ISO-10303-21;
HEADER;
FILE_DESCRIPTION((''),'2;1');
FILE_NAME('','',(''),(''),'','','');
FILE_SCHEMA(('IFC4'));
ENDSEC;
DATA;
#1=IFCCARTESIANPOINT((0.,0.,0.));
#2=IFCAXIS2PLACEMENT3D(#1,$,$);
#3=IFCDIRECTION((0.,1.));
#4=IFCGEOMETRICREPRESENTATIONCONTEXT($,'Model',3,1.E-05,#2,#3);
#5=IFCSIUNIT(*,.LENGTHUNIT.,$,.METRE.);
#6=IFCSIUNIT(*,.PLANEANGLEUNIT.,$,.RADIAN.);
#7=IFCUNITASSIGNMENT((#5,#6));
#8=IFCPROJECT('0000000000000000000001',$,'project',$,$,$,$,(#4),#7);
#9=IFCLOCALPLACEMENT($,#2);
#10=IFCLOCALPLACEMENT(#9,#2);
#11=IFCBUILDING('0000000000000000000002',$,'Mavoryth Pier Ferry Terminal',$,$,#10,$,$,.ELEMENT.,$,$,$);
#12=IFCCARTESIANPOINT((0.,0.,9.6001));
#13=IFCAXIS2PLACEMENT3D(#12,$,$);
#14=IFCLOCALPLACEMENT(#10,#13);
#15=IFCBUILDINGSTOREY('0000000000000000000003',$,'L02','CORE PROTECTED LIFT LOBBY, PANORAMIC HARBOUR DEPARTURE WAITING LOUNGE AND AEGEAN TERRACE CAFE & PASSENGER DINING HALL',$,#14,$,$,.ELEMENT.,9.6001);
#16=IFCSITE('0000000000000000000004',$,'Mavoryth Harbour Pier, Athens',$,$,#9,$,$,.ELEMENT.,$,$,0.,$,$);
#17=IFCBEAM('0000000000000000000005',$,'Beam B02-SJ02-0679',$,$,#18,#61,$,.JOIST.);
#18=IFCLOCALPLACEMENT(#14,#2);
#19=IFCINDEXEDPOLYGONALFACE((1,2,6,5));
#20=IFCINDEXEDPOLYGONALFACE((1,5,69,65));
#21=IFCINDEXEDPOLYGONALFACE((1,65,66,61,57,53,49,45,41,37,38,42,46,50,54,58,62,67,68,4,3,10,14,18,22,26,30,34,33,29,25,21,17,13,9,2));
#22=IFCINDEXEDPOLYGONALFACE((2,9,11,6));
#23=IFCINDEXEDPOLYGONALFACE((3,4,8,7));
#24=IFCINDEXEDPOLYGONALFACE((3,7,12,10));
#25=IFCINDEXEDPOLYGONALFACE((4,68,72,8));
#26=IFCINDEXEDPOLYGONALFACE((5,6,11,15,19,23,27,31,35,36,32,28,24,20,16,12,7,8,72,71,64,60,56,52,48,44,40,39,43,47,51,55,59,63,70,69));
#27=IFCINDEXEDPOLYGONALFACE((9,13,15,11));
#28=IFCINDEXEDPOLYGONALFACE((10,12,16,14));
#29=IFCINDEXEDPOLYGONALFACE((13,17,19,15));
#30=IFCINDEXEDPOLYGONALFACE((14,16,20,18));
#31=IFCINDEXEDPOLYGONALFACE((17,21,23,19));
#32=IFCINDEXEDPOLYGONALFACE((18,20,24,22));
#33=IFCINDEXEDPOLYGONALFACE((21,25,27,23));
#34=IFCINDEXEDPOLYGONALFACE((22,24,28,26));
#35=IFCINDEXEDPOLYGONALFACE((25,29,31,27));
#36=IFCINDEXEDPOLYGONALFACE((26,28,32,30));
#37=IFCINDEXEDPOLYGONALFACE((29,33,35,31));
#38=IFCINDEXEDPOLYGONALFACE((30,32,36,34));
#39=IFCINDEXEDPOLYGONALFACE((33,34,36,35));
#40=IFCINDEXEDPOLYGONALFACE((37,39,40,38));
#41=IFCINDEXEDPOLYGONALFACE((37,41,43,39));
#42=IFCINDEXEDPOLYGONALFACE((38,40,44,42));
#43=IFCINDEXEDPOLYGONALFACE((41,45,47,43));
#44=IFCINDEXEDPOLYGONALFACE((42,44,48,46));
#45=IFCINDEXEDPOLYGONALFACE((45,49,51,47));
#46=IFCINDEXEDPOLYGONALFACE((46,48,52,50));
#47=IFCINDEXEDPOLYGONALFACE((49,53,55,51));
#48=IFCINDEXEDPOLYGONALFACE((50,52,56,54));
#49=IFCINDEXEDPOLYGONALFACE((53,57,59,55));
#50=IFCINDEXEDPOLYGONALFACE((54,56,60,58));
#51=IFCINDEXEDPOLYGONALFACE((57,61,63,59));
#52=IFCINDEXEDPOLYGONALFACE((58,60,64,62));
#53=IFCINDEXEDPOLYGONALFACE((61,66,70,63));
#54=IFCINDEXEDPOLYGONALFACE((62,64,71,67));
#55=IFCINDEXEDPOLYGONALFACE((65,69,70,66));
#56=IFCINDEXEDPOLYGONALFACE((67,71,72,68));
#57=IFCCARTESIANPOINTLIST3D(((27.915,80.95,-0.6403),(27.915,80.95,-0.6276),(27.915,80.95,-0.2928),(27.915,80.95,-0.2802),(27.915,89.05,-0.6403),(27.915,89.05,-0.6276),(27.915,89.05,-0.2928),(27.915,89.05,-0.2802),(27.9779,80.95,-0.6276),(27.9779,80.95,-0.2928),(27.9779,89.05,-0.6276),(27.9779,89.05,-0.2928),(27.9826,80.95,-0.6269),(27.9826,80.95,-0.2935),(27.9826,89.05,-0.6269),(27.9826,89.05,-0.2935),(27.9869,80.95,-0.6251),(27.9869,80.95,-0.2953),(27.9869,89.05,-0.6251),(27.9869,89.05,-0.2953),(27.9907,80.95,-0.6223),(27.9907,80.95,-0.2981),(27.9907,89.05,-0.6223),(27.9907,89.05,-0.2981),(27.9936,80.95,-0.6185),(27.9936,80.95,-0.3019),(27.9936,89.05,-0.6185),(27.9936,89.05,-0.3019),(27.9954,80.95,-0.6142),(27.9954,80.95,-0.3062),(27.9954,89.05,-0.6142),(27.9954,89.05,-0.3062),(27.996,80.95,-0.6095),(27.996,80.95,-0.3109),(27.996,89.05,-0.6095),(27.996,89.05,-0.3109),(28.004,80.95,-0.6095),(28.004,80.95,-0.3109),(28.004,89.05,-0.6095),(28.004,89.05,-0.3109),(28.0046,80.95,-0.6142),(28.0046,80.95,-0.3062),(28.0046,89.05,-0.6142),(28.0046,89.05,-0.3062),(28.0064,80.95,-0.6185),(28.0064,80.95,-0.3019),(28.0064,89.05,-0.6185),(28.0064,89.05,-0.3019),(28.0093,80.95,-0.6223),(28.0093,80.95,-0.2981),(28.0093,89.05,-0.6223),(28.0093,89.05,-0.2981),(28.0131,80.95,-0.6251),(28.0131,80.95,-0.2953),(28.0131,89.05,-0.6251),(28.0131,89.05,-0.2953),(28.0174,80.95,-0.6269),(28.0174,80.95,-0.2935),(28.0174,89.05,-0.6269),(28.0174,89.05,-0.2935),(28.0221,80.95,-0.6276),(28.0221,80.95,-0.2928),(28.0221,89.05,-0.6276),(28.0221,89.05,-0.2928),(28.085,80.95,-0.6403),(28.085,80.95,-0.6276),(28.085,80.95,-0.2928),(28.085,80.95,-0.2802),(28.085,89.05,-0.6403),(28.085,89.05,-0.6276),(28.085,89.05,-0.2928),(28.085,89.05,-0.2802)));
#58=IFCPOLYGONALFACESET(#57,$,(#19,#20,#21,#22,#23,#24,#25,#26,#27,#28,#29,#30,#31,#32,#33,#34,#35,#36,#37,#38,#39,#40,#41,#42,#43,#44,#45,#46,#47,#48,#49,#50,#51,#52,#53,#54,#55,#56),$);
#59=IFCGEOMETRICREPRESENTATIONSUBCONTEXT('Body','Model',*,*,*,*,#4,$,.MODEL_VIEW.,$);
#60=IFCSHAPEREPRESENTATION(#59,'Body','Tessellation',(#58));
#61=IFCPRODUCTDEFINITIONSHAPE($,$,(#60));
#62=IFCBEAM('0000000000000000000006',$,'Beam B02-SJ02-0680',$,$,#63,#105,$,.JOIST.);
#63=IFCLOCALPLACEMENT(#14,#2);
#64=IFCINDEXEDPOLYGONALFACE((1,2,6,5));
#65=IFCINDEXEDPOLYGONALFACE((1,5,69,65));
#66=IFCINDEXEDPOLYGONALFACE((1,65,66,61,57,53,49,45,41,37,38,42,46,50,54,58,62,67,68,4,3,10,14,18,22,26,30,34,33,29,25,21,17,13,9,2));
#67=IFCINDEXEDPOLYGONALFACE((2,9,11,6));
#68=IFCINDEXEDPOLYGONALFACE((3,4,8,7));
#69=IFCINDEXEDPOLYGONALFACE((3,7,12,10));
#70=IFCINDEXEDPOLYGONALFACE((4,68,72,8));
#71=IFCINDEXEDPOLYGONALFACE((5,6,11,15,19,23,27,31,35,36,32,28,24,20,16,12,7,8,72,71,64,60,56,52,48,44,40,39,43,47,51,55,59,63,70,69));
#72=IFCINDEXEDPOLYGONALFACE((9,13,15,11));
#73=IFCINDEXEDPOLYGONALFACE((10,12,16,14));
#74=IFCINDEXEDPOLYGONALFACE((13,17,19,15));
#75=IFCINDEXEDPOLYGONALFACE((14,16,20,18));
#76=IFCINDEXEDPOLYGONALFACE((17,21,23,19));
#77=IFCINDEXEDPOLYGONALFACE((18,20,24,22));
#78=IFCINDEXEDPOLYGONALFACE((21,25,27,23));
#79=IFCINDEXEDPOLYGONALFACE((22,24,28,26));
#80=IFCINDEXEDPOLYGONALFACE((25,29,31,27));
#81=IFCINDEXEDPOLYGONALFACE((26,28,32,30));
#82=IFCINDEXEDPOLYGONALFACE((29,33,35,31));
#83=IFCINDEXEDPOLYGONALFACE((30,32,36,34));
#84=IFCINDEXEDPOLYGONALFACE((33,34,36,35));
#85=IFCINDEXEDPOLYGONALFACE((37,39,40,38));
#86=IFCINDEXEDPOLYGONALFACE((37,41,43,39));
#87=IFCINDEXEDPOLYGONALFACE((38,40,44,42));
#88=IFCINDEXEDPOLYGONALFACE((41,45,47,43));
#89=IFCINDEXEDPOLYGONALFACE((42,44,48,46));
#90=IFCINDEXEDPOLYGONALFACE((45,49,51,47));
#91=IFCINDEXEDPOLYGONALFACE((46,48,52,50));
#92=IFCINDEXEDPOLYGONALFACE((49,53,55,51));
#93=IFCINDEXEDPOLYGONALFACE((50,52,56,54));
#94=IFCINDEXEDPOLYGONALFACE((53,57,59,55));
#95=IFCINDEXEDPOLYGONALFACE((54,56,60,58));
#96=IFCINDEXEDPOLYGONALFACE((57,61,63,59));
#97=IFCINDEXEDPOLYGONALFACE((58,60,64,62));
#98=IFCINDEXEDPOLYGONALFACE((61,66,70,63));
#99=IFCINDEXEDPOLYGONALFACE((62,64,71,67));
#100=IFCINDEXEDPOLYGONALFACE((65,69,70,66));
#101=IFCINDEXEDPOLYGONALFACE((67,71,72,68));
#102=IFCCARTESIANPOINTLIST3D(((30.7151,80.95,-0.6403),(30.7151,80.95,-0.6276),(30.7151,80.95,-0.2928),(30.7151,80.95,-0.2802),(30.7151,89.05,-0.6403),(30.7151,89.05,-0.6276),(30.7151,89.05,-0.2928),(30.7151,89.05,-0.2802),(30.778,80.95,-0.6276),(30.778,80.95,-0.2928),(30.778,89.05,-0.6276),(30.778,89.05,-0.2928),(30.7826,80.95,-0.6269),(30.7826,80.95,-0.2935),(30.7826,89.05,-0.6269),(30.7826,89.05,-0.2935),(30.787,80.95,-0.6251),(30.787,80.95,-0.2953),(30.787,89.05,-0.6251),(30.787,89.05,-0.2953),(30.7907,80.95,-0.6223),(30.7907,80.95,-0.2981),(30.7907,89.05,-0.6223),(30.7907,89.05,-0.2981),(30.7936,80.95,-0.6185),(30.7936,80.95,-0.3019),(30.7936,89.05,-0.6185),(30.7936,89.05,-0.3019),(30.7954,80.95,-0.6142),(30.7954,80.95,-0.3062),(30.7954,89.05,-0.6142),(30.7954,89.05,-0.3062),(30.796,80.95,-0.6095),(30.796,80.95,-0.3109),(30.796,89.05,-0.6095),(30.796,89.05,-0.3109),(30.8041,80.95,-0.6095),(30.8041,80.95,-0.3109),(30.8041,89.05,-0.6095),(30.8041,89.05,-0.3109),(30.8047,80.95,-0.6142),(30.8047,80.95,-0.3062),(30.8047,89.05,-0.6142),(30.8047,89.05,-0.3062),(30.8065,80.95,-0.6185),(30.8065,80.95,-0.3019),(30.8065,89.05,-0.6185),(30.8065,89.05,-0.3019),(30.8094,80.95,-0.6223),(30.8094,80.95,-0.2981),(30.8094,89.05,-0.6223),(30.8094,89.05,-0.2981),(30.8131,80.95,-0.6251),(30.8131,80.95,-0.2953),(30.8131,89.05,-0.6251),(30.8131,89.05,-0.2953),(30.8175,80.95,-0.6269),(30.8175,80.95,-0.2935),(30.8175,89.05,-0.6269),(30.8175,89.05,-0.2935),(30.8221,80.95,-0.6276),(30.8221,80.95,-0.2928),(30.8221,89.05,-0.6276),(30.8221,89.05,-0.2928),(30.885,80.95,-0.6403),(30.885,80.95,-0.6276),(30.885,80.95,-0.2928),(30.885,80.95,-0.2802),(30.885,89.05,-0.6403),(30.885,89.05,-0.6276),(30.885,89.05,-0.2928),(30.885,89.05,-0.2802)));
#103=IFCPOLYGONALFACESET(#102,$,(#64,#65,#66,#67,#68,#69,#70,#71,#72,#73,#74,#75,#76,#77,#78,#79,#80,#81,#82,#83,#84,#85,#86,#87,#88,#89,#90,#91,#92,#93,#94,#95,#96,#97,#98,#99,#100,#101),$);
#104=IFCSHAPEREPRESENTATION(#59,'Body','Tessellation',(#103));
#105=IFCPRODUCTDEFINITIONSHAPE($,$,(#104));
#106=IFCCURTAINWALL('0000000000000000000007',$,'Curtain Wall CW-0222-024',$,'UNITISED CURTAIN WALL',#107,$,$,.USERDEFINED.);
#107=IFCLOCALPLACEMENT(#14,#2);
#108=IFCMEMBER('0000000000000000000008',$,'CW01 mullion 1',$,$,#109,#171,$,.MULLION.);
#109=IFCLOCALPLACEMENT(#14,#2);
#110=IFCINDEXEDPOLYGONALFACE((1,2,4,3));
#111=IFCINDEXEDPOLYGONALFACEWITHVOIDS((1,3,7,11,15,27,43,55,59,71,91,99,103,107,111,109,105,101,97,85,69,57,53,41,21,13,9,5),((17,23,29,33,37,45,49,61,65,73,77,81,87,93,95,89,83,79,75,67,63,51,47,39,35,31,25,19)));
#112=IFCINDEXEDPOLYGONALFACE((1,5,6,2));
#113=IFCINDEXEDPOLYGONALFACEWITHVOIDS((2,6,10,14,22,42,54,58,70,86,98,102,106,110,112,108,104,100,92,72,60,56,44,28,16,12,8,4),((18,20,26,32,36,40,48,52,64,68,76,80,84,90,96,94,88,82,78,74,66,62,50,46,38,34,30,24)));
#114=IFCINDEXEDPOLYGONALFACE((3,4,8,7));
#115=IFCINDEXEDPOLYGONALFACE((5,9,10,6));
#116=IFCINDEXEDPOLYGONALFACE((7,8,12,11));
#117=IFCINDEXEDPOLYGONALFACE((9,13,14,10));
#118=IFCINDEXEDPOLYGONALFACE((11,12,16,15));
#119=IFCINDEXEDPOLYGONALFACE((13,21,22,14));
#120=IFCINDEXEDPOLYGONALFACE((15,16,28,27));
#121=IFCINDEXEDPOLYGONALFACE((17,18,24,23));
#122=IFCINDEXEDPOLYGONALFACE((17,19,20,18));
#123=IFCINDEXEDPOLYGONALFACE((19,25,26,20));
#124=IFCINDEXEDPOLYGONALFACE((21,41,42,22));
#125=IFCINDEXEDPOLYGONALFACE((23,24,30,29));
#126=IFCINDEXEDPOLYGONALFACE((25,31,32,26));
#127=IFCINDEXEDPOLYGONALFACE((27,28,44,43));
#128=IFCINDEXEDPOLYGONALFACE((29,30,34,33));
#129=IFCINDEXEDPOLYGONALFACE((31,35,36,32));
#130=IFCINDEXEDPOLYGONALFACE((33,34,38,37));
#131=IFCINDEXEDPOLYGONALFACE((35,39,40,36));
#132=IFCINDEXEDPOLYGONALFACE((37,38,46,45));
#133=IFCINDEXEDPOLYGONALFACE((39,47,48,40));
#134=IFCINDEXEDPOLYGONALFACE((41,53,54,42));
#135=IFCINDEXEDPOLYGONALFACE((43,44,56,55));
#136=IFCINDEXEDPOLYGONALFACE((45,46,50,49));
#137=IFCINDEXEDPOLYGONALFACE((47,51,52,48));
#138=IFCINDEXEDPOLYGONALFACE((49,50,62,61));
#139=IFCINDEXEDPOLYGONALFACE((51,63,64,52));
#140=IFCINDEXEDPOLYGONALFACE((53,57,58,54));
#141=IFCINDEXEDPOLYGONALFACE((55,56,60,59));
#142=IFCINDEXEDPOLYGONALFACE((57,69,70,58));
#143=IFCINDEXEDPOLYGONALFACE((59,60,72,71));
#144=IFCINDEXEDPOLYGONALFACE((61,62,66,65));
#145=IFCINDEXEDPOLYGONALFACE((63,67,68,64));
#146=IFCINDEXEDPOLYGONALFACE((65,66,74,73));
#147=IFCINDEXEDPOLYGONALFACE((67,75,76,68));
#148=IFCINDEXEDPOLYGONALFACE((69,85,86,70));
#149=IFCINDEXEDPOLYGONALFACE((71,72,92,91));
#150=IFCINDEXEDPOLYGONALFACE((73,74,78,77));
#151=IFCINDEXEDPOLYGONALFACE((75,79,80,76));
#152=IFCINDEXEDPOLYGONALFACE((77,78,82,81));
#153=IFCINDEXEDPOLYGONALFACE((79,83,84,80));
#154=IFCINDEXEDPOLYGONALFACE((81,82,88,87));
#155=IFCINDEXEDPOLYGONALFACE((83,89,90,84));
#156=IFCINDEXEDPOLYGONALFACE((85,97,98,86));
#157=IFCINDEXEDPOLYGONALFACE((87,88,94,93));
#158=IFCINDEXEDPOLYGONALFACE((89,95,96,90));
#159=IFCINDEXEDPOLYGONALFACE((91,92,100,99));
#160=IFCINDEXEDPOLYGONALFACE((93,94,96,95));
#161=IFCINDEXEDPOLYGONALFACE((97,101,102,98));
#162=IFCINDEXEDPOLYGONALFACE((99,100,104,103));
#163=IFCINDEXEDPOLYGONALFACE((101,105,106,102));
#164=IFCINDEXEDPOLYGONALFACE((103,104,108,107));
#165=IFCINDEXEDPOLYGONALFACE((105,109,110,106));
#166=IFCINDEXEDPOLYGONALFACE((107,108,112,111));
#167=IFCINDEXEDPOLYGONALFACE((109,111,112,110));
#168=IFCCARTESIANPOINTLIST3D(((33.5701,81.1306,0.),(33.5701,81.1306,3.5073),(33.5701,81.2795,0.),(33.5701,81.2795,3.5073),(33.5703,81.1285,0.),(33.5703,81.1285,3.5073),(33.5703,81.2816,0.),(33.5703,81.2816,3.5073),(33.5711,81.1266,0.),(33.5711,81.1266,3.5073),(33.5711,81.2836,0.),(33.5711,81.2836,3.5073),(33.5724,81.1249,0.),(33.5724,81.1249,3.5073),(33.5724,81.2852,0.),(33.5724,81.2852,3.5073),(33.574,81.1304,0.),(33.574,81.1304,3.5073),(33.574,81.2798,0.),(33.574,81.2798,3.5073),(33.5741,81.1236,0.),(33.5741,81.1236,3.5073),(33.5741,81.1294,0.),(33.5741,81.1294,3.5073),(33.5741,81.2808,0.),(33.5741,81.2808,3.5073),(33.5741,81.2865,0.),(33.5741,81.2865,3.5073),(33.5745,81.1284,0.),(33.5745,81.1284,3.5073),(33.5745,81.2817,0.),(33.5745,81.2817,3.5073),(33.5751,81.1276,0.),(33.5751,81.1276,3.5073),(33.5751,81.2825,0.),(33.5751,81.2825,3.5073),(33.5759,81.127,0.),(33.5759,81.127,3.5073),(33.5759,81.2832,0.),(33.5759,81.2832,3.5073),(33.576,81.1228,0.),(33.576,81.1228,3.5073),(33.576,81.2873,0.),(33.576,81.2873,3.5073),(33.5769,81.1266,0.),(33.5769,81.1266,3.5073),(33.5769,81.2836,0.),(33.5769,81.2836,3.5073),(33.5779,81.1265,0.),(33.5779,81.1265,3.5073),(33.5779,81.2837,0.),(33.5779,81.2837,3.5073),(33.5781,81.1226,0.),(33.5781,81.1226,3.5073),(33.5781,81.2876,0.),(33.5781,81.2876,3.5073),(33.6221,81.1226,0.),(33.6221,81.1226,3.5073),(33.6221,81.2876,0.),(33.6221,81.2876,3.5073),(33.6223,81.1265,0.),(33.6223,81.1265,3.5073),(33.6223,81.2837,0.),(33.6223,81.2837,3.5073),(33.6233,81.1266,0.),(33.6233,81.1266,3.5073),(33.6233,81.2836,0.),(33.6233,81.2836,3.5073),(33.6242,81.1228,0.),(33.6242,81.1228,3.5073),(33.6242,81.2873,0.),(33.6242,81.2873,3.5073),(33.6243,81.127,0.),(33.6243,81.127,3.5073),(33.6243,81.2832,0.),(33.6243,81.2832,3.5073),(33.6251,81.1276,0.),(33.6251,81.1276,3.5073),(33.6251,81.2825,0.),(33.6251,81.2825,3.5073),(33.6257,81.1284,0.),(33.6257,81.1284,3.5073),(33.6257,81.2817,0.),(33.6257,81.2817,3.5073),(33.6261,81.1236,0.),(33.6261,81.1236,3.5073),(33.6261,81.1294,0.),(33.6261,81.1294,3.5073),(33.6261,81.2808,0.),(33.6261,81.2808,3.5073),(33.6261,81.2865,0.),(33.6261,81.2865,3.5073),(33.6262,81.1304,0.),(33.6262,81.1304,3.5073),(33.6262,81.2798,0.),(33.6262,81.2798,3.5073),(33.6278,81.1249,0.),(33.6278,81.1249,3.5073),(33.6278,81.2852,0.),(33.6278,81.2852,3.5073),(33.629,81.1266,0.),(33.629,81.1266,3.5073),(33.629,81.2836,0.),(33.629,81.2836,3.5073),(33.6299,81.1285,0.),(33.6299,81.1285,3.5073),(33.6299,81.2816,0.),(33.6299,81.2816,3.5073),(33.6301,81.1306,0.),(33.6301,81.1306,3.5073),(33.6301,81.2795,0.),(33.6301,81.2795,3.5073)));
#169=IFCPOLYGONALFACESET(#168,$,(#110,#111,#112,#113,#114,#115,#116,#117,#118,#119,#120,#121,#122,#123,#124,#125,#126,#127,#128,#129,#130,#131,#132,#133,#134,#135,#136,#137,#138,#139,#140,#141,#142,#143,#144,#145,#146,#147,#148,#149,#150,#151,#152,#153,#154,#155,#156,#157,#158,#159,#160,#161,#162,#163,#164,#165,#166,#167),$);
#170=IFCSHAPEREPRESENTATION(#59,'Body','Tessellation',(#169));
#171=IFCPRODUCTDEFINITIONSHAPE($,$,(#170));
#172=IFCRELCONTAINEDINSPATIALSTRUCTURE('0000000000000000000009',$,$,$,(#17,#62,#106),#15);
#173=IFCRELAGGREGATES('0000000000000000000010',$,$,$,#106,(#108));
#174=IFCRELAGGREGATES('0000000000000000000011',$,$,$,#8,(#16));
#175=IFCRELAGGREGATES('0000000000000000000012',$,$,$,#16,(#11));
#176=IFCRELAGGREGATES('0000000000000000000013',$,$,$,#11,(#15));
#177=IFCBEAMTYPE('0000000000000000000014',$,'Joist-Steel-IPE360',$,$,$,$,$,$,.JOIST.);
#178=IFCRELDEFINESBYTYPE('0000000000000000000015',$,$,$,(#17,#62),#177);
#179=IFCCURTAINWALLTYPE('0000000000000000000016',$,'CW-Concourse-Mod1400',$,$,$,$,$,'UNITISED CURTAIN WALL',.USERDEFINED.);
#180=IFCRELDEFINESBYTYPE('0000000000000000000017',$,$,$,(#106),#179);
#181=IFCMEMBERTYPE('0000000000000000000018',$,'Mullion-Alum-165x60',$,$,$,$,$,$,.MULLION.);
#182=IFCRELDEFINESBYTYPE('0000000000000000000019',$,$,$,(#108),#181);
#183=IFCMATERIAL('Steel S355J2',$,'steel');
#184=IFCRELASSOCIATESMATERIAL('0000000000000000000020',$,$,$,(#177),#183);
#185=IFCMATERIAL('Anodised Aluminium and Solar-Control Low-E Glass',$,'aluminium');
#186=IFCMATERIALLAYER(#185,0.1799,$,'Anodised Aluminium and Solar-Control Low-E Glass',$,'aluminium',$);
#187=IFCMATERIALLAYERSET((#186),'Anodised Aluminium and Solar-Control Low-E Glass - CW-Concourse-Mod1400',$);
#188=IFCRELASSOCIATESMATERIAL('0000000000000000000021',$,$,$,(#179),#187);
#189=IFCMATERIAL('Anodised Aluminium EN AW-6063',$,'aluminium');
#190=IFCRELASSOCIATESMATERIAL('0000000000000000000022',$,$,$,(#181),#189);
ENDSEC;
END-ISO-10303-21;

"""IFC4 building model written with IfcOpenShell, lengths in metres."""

from ifc_helpers import new_model, si_unit, direction, frame, origin, origin_2d, place, context, subcontext, project, spatial, hollow_rectangle, i_section, extrude, material, layer, layer_set, material_profile, profile_set, type_object, element, aggregate, save


model = new_model("IFC4")

# Units and contexts
model_context = context("Model", 3, precision=1e-05, world=origin(), true_north=direction((0.0, 1.0)))
body_context = subcontext(model_context, "Body", "Model", "MODEL_VIEW")
ifc_project = project(units=[si_unit("LENGTHUNIT", "METRE"), si_unit("PLANEANGLEUNIT", "RADIAN")], contexts=[model_context])

# Site, building, storey
site_placement = place(None, origin())
site = spatial("IfcSite", under=ifc_project, at=site_placement, Name="Mavoryth Harbour Pier, Athens", CompositionType="ELEMENT", RefElevation=0.0)
building_placement = place(site_placement, origin())
building = spatial("IfcBuilding", under=site, at=building_placement, Name="Mavoryth Pier Ferry Terminal", CompositionType="ELEMENT")
storey_placement = place(building_placement, frame((0.0, 0.0, 9.6001)))
storey = spatial("IfcBuildingStorey", under=building, at=storey_placement, Name="L02", Description="CORE PROTECTED LIFT LOBBY, PANORAMIC HARBOUR DEPARTURE WAITING LOUNGE AND AEGEAN TERRACE CAFE & PASSENGER DINING HALL", CompositionType="ELEMENT", Elevation=9.6001)

# Shared definitions
ifc_material_1 = material(Name="Steel S355J2", Category="steel")

# Beams
ifc_material_profile_1 = material_profile(ifc_material_1, i_section(OverallWidth=0.1699, OverallDepth=0.3601, WebThickness=0.0081, FlangeThickness=0.0127, FilletRadius=0.0181, at=origin_2d()), Name="IPE 360", Category="steel")
ifc_profile_set_1 = profile_set([ifc_material_profile_1], Name="Steel S355J2 - IPE 360")
beam_type_1 = type_object("IfcBeamType", Name="Joist-Steel-IPE360", PredefinedType="JOIST", material=ifc_profile_set_1)
for number, where, z_axis, x_axis, name in (
    (1, (28.0, 80.95, -0.4602), (0.0, 1.0, 0.0), (-1.0, 0.0, 0.0), "Beam B02-SJ02-0679"),
    (2, (30.8, 80.95, -0.4602), (0.0, 1.0, 0.0), (-1.0, 0.0, 0.0), "Beam B02-SJ02-0680"),
):
    element("IfcBeam", number, at=place(storey_placement, frame(where, z_axis=z_axis, x_axis=x_axis)), inside=storey, type_object=beam_type_1, Name=name, PredefinedType="JOIST", context=body_context, shape_type="SweptSolid", body=[
        extrude(i_section(OverallWidth=0.1699, OverallDepth=0.3601, WebThickness=0.0081, FlangeThickness=0.0127, FilletRadius=0.0181, at=origin_2d()), origin(), (0.0, 0.0, 1.0), 8.1001),
    ])

# Curtain wall, member
ifc_material_2 = material(Name="Anodised Aluminium and Solar-Control Low-E Glass", Category="aluminium")
ifc_layer_1 = layer(ifc_material_2, 0.1799, Name="Anodised Aluminium and Solar-Control Low-E Glass", Category="aluminium")
ifc_layer_set_1 = layer_set([ifc_layer_1], Name="Anodised Aluminium and Solar-Control Low-E Glass - CW-Concourse-Mod1400")
curtain_wall_type = type_object("IfcCurtainWallType", Name="CW-Concourse-Mod1400", ElementType="UNITISED CURTAIN WALL", PredefinedType="USERDEFINED", material=ifc_layer_set_1)
curtain_wall_placement = place(storey_placement, origin())
curtain_wall = element("IfcCurtainWall", 3, at=curtain_wall_placement, inside=storey, type_object=curtain_wall_type, Name="Curtain Wall CW-0222-024", ObjectType="UNITISED CURTAIN WALL", PredefinedType="USERDEFINED")
ifc_material_3 = material(Name="Anodised Aluminium EN AW-6063", Category="aluminium")
ifc_material_profile_2 = material_profile(ifc_material_3, hollow_rectangle(XDim=0.0601, YDim=0.165, WallThickness=0.0039, InnerFilletRadius=0.0039, OuterFilletRadius=0.0081, at=origin_2d()), Name="AL-MULL 165x60x4", Category="aluminium")
ifc_profile_set_2 = profile_set([ifc_material_profile_2], Name="Anodised Aluminium EN AW-6063 - AL-MULL 165x60x4")
member_type_1 = type_object("IfcMemberType", Name="Mullion-Alum-165x60", PredefinedType="MULLION", material=ifc_profile_set_2)
member_1_placement = place(storey_placement, frame((33.6001, 81.2051, 0.0), z_axis=(0.0, 0.0, 1.0), x_axis=(-1.0, 0.0, 0.0)))
member_1 = element("IfcMember", 4, at=member_1_placement, type_object=member_type_1, Name="CW01 mullion 1", PredefinedType="MULLION", context=body_context, shape_type="SweptSolid", body=[
    extrude(hollow_rectangle(XDim=0.0601, YDim=0.165, WallThickness=0.0039, InnerFilletRadius=0.0039, OuterFilletRadius=0.0081, at=origin_2d()), origin(), (0.0, 0.0, 1.0), 3.5073),
])

aggregate(curtain_wall, [member_1])

save(model, "model.ifc")
